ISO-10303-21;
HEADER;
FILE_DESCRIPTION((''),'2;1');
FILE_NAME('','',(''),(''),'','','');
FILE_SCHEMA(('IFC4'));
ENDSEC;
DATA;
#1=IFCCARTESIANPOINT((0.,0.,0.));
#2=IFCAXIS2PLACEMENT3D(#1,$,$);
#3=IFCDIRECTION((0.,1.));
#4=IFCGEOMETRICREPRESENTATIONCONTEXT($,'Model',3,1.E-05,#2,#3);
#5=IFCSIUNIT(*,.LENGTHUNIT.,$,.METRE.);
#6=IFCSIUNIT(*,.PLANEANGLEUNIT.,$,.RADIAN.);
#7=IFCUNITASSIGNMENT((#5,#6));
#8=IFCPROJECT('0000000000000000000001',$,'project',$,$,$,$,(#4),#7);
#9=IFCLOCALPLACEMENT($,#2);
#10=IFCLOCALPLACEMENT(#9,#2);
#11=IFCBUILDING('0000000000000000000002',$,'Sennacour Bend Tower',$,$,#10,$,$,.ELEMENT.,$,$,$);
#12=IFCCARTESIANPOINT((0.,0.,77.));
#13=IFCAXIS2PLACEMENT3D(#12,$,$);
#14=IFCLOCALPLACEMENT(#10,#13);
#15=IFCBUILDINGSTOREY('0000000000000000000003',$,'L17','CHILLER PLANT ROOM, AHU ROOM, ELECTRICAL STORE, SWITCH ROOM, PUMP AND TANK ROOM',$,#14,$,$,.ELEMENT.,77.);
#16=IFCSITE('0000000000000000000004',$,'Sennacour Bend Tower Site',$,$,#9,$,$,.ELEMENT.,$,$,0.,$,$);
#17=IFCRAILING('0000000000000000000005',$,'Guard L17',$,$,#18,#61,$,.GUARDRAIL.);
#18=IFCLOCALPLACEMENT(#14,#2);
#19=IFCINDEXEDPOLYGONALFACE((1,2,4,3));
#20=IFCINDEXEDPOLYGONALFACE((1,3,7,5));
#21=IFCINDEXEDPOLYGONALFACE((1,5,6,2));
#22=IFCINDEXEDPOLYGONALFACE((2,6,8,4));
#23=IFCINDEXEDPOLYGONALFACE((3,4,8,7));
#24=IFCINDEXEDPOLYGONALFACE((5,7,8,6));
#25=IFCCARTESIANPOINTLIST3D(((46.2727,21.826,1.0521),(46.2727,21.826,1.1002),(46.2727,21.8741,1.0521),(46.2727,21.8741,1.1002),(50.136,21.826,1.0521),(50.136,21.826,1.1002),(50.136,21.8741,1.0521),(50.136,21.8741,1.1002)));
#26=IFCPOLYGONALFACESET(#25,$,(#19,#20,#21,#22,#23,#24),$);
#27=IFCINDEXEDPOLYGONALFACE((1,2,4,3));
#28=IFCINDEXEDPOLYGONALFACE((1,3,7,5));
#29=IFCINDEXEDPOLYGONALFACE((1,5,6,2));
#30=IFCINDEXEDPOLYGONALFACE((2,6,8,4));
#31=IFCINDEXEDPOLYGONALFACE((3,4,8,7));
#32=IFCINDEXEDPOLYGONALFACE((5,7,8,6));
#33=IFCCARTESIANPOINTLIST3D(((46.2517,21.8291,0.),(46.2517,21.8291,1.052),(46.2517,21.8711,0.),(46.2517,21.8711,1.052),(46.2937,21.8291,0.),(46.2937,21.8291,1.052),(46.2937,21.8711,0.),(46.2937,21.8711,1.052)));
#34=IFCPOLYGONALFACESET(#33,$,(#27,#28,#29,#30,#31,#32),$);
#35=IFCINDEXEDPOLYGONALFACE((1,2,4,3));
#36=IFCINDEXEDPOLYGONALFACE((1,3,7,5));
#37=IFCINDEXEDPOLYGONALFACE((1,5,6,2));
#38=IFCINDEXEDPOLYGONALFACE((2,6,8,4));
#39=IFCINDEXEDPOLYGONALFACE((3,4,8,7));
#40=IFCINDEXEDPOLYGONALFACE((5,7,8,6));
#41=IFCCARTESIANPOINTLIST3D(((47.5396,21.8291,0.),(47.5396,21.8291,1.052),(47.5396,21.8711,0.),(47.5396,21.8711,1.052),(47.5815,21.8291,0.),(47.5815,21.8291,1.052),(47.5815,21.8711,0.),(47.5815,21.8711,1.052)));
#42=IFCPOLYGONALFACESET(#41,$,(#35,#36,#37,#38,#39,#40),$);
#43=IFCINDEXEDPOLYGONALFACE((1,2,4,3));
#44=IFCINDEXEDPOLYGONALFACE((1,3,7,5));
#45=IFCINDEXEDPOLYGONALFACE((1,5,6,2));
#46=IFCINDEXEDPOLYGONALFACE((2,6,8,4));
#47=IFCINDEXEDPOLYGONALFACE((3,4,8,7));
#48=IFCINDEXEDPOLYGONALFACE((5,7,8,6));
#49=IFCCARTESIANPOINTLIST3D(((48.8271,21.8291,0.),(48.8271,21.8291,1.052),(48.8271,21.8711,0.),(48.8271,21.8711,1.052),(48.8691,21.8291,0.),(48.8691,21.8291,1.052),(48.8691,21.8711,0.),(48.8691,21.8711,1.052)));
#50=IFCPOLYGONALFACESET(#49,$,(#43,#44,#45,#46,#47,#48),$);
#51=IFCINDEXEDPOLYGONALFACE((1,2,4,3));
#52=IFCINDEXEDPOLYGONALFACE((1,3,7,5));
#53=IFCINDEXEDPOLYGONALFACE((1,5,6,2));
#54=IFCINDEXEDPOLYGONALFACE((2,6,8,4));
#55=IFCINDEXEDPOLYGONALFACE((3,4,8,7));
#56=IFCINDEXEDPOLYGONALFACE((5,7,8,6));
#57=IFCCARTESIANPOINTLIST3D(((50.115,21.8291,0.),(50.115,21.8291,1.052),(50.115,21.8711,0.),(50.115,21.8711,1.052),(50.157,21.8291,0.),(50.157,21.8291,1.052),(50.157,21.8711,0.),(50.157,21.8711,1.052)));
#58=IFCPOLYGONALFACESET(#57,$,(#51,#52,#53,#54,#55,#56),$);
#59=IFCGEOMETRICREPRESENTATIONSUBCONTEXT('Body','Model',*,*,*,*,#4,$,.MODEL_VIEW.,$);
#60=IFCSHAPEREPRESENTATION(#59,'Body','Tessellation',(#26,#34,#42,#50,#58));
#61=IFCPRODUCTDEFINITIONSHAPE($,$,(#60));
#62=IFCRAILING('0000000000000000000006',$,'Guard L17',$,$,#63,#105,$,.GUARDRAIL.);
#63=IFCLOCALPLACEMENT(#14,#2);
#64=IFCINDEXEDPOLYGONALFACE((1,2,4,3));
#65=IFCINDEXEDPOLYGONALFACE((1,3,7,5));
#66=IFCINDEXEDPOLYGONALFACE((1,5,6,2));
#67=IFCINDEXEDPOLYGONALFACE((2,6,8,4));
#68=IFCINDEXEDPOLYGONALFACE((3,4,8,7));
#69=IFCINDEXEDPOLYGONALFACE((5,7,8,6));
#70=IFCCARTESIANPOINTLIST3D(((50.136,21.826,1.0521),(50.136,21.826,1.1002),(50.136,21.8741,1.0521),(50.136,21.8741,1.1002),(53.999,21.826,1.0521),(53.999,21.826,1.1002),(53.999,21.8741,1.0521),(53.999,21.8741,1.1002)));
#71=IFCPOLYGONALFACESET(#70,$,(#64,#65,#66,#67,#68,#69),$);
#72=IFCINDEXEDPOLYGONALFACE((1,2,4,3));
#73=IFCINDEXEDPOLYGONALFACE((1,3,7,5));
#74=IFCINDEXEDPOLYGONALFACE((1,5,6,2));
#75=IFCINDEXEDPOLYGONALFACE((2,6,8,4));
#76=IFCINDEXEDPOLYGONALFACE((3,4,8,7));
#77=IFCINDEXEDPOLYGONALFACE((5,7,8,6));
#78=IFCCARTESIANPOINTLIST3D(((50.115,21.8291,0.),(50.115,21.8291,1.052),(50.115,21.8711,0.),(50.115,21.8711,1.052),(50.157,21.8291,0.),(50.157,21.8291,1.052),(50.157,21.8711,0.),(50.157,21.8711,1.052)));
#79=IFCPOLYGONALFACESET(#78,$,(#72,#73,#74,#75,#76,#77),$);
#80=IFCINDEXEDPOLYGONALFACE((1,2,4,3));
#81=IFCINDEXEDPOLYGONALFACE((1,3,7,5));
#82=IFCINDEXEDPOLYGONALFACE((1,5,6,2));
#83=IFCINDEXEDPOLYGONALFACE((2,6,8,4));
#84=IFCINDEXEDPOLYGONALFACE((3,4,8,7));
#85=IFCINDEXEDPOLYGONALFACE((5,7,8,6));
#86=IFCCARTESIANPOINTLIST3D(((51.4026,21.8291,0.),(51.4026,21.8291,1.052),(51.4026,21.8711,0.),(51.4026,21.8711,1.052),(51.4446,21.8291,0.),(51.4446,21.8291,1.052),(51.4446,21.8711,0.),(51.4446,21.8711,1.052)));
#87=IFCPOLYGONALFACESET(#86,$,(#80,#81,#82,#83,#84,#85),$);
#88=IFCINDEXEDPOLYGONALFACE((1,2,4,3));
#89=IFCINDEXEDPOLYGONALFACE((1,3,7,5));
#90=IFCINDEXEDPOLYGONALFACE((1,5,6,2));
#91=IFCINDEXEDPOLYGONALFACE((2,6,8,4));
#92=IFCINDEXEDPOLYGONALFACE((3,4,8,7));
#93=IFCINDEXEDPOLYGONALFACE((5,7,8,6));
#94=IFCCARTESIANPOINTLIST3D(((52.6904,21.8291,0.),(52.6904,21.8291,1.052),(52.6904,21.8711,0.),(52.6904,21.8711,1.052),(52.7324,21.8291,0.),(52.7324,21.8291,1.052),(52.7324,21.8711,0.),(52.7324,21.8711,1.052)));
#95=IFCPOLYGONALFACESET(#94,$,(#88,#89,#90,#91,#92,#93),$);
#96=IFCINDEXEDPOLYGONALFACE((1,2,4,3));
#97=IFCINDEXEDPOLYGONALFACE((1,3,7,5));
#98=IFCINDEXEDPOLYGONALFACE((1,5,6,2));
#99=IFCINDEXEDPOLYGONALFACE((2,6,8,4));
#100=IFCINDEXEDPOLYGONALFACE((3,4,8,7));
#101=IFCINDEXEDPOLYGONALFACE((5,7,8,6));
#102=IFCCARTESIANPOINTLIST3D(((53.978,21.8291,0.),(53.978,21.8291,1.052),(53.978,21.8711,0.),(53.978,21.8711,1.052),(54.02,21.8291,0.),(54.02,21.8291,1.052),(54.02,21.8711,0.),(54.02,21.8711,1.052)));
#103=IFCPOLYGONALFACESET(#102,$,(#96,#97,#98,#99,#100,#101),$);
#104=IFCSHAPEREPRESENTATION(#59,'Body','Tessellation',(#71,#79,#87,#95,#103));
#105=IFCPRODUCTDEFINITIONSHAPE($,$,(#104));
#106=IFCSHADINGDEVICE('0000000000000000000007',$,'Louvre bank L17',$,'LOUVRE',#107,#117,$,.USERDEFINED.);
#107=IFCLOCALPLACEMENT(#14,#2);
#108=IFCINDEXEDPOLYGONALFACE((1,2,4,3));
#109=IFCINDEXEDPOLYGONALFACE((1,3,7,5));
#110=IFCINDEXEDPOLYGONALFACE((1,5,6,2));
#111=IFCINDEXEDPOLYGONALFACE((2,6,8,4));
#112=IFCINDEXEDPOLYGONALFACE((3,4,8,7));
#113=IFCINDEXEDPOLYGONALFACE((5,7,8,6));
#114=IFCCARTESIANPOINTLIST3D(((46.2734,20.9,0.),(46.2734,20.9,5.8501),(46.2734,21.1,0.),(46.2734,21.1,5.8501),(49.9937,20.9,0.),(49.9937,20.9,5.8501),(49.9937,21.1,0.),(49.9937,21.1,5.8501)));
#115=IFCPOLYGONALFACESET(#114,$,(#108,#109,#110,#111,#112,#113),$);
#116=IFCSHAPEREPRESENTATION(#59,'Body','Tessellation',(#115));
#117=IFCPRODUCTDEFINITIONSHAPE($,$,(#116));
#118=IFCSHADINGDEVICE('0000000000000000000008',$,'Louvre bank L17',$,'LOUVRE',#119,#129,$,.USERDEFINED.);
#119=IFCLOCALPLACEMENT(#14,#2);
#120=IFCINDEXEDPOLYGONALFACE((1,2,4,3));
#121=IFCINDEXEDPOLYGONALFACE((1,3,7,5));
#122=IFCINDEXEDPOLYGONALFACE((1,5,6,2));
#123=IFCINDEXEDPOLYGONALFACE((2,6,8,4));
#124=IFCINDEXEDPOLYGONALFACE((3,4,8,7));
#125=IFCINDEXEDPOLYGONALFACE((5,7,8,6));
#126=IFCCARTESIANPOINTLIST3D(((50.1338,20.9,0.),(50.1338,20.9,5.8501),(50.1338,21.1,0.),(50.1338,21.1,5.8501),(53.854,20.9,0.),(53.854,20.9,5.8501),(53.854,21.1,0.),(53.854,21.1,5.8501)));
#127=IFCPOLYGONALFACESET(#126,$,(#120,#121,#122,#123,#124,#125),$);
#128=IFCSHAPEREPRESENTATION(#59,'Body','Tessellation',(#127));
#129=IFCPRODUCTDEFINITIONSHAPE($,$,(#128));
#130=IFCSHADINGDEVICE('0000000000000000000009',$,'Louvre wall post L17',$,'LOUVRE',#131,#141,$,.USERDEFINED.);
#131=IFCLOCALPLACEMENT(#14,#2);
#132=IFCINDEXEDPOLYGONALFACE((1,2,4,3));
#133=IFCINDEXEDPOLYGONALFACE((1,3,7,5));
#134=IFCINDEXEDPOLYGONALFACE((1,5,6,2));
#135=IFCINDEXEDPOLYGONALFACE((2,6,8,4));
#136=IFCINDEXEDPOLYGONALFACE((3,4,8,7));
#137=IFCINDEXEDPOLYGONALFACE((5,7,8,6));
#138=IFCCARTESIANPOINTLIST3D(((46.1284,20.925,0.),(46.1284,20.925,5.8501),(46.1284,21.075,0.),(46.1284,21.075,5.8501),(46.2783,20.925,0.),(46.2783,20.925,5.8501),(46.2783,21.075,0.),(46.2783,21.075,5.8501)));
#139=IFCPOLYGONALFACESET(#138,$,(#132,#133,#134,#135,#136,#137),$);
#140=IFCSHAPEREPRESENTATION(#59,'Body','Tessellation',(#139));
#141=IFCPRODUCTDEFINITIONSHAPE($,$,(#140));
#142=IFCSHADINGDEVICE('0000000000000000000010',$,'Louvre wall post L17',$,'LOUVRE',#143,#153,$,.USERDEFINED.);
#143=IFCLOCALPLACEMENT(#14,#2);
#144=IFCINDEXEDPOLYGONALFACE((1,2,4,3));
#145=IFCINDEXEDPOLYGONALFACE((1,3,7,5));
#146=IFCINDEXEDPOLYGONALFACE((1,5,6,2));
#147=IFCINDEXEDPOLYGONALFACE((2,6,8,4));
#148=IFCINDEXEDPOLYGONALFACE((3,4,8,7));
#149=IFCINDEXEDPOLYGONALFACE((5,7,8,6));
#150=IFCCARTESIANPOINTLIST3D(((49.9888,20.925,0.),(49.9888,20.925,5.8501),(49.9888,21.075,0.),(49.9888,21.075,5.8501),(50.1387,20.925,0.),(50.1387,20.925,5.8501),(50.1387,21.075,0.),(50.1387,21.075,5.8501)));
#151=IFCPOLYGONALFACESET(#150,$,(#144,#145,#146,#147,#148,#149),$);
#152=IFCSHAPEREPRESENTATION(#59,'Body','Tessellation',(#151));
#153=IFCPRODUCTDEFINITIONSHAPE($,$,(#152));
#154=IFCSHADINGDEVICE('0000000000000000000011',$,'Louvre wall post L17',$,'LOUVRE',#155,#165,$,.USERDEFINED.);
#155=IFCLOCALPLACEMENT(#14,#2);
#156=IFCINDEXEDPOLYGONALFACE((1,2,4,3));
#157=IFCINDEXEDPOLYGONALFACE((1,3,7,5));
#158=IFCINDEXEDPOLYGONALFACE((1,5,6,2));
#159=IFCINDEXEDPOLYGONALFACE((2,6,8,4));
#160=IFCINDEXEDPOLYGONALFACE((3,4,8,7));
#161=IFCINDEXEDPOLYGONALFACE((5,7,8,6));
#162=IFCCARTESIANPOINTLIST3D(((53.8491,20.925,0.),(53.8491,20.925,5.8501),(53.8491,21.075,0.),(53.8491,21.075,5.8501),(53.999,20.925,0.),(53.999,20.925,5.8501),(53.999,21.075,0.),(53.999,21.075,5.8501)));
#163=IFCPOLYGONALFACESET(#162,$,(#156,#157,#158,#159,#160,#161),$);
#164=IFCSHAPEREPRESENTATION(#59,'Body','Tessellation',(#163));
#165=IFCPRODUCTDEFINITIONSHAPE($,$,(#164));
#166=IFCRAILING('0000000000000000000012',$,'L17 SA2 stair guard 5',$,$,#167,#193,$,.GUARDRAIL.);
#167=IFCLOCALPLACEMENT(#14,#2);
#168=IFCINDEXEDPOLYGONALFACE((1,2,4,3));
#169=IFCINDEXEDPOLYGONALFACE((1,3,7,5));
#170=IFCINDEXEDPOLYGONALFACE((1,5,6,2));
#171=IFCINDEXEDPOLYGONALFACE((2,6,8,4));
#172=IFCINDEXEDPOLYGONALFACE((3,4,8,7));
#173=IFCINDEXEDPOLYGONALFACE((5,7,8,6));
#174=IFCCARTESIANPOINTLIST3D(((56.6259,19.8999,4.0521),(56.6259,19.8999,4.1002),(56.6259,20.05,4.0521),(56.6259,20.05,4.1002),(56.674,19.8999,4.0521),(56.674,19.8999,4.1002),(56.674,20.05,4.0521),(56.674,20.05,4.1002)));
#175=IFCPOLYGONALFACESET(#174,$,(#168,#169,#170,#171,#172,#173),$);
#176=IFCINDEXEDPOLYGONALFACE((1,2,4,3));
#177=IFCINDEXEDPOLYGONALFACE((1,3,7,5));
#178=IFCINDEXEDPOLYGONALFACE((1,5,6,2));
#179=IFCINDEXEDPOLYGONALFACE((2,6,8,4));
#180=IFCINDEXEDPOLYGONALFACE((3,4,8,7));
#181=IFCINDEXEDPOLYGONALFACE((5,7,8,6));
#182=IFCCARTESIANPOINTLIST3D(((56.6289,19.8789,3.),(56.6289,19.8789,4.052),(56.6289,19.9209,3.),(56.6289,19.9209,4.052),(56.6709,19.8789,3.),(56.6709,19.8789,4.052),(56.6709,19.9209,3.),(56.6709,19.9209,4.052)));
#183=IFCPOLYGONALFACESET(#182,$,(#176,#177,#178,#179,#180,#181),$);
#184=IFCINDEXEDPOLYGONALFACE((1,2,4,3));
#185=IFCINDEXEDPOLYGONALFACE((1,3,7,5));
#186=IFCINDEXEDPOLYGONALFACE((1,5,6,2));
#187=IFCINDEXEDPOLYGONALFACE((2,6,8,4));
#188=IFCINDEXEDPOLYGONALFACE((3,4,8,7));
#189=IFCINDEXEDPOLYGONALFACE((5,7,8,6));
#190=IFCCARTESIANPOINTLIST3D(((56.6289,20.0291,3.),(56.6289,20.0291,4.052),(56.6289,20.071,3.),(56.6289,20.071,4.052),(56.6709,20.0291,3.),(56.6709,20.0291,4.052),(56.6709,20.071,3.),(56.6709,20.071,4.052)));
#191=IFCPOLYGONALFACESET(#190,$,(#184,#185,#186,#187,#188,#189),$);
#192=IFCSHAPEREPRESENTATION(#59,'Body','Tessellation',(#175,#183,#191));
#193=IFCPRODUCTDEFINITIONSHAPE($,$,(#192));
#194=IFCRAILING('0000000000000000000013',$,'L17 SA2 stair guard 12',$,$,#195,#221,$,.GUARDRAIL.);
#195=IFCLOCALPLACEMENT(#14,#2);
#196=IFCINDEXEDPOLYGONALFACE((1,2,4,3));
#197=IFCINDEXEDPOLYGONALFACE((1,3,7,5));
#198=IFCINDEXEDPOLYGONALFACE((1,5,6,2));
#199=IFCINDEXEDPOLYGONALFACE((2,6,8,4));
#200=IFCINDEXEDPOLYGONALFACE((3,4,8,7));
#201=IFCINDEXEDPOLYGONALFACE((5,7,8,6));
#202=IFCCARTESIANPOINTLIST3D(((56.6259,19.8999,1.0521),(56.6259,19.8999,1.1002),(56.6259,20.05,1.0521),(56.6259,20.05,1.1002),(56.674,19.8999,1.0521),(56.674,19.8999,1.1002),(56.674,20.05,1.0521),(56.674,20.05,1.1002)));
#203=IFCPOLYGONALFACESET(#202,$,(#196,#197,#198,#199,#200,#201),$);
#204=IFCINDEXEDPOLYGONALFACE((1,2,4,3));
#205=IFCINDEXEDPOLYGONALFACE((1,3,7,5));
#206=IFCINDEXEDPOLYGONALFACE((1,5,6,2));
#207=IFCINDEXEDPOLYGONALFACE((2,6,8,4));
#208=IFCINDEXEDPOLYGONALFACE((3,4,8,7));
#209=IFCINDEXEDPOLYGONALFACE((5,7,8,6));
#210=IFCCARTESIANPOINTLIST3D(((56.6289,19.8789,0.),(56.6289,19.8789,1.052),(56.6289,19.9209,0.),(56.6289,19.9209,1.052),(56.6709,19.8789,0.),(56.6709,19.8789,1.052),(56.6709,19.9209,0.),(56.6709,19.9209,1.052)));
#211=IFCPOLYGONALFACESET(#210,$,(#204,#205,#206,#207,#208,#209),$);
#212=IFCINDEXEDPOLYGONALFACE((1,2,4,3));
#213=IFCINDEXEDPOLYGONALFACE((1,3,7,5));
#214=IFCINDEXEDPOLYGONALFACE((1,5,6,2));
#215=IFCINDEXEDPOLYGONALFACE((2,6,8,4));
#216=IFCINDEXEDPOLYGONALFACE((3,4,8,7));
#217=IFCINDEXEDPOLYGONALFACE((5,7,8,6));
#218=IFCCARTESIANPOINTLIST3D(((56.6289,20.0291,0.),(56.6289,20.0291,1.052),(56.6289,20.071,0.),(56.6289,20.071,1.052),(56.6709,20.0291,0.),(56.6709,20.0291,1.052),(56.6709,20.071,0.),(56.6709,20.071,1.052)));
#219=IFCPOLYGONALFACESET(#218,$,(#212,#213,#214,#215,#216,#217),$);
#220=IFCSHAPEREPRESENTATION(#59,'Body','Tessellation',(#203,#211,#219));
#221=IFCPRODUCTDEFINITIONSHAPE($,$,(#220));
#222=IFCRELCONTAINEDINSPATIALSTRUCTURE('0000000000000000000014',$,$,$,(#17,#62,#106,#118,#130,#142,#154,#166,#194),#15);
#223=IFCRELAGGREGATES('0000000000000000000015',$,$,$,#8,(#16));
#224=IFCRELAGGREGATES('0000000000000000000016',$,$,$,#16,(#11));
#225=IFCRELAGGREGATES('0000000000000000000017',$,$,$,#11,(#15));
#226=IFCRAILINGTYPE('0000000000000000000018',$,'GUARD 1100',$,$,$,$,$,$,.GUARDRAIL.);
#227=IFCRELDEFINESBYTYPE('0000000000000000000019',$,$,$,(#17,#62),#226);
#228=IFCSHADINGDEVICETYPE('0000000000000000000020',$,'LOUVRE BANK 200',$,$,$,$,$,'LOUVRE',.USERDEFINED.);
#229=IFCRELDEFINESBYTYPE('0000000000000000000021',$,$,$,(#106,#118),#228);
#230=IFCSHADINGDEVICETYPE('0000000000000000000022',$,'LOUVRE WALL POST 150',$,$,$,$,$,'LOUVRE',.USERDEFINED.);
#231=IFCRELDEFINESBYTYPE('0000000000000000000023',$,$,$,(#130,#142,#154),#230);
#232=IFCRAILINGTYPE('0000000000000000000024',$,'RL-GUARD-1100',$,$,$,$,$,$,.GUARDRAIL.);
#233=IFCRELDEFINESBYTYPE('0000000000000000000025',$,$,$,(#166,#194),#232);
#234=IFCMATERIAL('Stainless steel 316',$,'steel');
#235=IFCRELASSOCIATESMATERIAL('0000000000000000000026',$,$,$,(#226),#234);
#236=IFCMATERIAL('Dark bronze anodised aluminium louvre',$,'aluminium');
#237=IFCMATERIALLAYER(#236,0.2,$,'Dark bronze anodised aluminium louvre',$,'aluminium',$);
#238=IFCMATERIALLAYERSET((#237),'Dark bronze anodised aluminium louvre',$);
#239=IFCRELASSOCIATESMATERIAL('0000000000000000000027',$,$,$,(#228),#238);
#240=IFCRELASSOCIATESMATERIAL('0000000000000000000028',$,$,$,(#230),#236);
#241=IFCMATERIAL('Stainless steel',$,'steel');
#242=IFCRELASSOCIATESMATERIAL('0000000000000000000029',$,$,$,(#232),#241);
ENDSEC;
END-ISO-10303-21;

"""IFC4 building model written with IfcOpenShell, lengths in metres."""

from ifc_helpers import new_model, si_unit, direction, frame, origin, origin_2d, place, context, subcontext, project, spatial, rectangle, extrude, material, layer, layer_set, type_object, element, save


model = new_model("IFC4")

# Units and contexts
model_context = context("Model", 3, precision=1e-05, world=origin(), true_north=direction((0.0, 1.0)))
body_context = subcontext(model_context, "Body", "Model", "MODEL_VIEW")
ifc_project = project(units=[si_unit("LENGTHUNIT", "METRE"), si_unit("PLANEANGLEUNIT", "RADIAN")], contexts=[model_context])

# Site, building, storey
site_placement = place(None, origin())
site = spatial("IfcSite", under=ifc_project, at=site_placement, Name="Sennacour Bend Tower Site", CompositionType="ELEMENT", RefElevation=0.0)
building_placement = place(site_placement, origin())
building = spatial("IfcBuilding", under=site, at=building_placement, Name="Sennacour Bend Tower", CompositionType="ELEMENT")
storey_placement = place(building_placement, frame((0.0, 0.0, 77.0)))
storey = spatial("IfcBuildingStorey", under=building, at=storey_placement, Name="L17", Description="CHILLER PLANT ROOM, AHU ROOM, ELECTRICAL STORE, SWITCH ROOM, PUMP AND TANK ROOM", CompositionType="ELEMENT", Elevation=77.0)

# Shared definitions
ifc_material_1 = material(Name="Stainless steel", Category="steel")

# Railings
ifc_material_2 = material(Name="Stainless steel 316", Category="steel")
railing_type_1 = type_object("IfcRailingType", Name="GUARD 1100", PredefinedType="GUARDRAIL", material=ifc_material_2)
railing_1_placement = place(storey_placement, frame((46.2727, 21.8501, 0.0)))
element("IfcRailing", 1, at=railing_1_placement, inside=storey, type_object=railing_type_1, Name="Guard L17", PredefinedType="GUARDRAIL", context=body_context, shape_type="SweptSolid", body=[
    extrude(rectangle(XDim=0.0481, YDim=0.0481, at=origin_2d()), frame((0.0, 0.0, 1.0762), z_axis=(1.0, 0.0, 0.0), x_axis=(0.0, 1.0, 0.0)), (0.0, 0.0, 1.0), 3.8633),
    extrude(rectangle(XDim=0.042, YDim=0.042, at=origin_2d()), origin(), (0.0, 0.0, 1.0), 1.052),
    extrude(rectangle(XDim=0.042, YDim=0.042, at=origin_2d()), frame((1.2878, 0.0, 0.0)), (0.0, 0.0, 1.0), 1.052),
    extrude(rectangle(XDim=0.042, YDim=0.042, at=origin_2d()), frame((2.5754, 0.0, 0.0)), (0.0, 0.0, 1.0), 1.052),
    extrude(rectangle(XDim=0.042, YDim=0.042, at=origin_2d()), frame((3.8633, 0.0, 0.0)), (0.0, 0.0, 1.0), 1.052),
])
railing_2_placement = place(storey_placement, frame((50.136, 21.8501, 0.0)))
element("IfcRailing", 2, at=railing_2_placement, inside=storey, type_object=railing_type_1, Name="Guard L17", PredefinedType="GUARDRAIL", context=body_context, shape_type="SweptSolid", body=[
    extrude(rectangle(XDim=0.0481, YDim=0.0481, at=origin_2d()), frame((0.0, 0.0, 1.0762), z_axis=(1.0, 0.0, 0.0), x_axis=(0.0, 1.0, 0.0)), (0.0, 0.0, 1.0), 3.863),
    extrude(rectangle(XDim=0.042, YDim=0.042, at=origin_2d()), origin(), (0.0, 0.0, 1.0), 1.052),
    extrude(rectangle(XDim=0.042, YDim=0.042, at=origin_2d()), frame((1.2876, 0.0, 0.0)), (0.0, 0.0, 1.0), 1.052),
    extrude(rectangle(XDim=0.042, YDim=0.042, at=origin_2d()), frame((2.5754, 0.0, 0.0)), (0.0, 0.0, 1.0), 1.052),
    extrude(rectangle(XDim=0.042, YDim=0.042, at=origin_2d()), frame((3.863, 0.0, 0.0)), (0.0, 0.0, 1.0), 1.052),
])

# Shading devices
ifc_material_3 = material(Name="Dark bronze anodised aluminium louvre", Category="aluminium")
ifc_layer_1 = layer(ifc_material_3, 0.2, Name="Dark bronze anodised aluminium louvre", Category="aluminium")
ifc_layer_set_1 = layer_set([ifc_layer_1], Name="Dark bronze anodised aluminium louvre")
shading_device_type_1 = type_object("IfcShadingDeviceType", Name="LOUVRE BANK 200", ElementType="LOUVRE", PredefinedType="USERDEFINED", material=ifc_layer_set_1)
for number, where, z_axis, x_axis, name in (
    (3, (48.1335, 21.0, 0.0), (0.0, 0.0, 1.0), (1.0, 0.0, 0.0), "Louvre bank L17"),
    (4, (51.9939, 21.0, 0.0), (0.0, 0.0, 1.0), (1.0, 0.0, 0.0), "Louvre bank L17"),
):
    element("IfcShadingDevice", number, at=place(storey_placement, frame(where, z_axis=z_axis, x_axis=x_axis)), inside=storey, type_object=shading_device_type_1, Name=name, ObjectType="LOUVRE", PredefinedType="USERDEFINED", context=body_context, shape_type="SweptSolid", body=[
        extrude(rectangle(XDim=3.7202, YDim=0.2, at=origin_2d()), origin(), (0.0, 0.0, 1.0), 5.8501),
    ])
shading_device_type_2 = type_object("IfcShadingDeviceType", Name="LOUVRE WALL POST 150", ElementType="LOUVRE", PredefinedType="USERDEFINED", material=ifc_material_3)
for number, where, z_axis, x_axis, name in (
    (5, (46.2034, 21.0, 0.0), (0.0, 0.0, 1.0), (1.0, 0.0, 0.0), "Louvre wall post L17"),
    (6, (50.0637, 21.0, 0.0), (0.0, 0.0, 1.0), (1.0, 0.0, 0.0), "Louvre wall post L17"),
    (7, (53.9241, 21.0, 0.0), (0.0, 0.0, 1.0), (1.0, 0.0, 0.0), "Louvre wall post L17"),
):
    element("IfcShadingDevice", number, at=place(storey_placement, frame(where, z_axis=z_axis, x_axis=x_axis)), inside=storey, type_object=shading_device_type_2, Name=name, ObjectType="LOUVRE", PredefinedType="USERDEFINED", context=body_context, shape_type="SweptSolid", body=[
        extrude(rectangle(XDim=0.1499, YDim=0.1499, at=origin_2d()), origin(), (0.0, 0.0, 1.0), 5.8501),
    ])

# Railings
railing_type_2 = type_object("IfcRailingType", Name="RL-GUARD-1100", PredefinedType="GUARDRAIL", material=ifc_material_1)
for number, where, name in (
    (8, (56.6499, 19.8999, 3.0), "L17 SA2 stair guard 5"),
    (9, (56.6499, 19.8999, 0.0), "L17 SA2 stair guard 12"),
):
    element("IfcRailing", number, at=place(storey_placement, frame(where)), inside=storey, type_object=railing_type_2, Name=name, PredefinedType="GUARDRAIL", context=body_context, shape_type="SweptSolid", body=[
        extrude(rectangle(XDim=0.0481, YDim=0.0481, at=origin_2d()), frame((0.0, 0.0, 1.0762), z_axis=(0.0, 1.0, 0.0), x_axis=(-1.0, 0.0, 0.0)), (0.0, 0.0, 1.0), 0.1501),
        extrude(rectangle(XDim=0.042, YDim=0.042, at=origin_2d()), origin(), (0.0, 0.0, 1.0), 1.052),
        extrude(rectangle(XDim=0.042, YDim=0.042, at=origin_2d()), frame((0.0, 0.1501, 0.0)), (0.0, 0.0, 1.0), 1.052),
    ])

save(model, "model.ifc")
